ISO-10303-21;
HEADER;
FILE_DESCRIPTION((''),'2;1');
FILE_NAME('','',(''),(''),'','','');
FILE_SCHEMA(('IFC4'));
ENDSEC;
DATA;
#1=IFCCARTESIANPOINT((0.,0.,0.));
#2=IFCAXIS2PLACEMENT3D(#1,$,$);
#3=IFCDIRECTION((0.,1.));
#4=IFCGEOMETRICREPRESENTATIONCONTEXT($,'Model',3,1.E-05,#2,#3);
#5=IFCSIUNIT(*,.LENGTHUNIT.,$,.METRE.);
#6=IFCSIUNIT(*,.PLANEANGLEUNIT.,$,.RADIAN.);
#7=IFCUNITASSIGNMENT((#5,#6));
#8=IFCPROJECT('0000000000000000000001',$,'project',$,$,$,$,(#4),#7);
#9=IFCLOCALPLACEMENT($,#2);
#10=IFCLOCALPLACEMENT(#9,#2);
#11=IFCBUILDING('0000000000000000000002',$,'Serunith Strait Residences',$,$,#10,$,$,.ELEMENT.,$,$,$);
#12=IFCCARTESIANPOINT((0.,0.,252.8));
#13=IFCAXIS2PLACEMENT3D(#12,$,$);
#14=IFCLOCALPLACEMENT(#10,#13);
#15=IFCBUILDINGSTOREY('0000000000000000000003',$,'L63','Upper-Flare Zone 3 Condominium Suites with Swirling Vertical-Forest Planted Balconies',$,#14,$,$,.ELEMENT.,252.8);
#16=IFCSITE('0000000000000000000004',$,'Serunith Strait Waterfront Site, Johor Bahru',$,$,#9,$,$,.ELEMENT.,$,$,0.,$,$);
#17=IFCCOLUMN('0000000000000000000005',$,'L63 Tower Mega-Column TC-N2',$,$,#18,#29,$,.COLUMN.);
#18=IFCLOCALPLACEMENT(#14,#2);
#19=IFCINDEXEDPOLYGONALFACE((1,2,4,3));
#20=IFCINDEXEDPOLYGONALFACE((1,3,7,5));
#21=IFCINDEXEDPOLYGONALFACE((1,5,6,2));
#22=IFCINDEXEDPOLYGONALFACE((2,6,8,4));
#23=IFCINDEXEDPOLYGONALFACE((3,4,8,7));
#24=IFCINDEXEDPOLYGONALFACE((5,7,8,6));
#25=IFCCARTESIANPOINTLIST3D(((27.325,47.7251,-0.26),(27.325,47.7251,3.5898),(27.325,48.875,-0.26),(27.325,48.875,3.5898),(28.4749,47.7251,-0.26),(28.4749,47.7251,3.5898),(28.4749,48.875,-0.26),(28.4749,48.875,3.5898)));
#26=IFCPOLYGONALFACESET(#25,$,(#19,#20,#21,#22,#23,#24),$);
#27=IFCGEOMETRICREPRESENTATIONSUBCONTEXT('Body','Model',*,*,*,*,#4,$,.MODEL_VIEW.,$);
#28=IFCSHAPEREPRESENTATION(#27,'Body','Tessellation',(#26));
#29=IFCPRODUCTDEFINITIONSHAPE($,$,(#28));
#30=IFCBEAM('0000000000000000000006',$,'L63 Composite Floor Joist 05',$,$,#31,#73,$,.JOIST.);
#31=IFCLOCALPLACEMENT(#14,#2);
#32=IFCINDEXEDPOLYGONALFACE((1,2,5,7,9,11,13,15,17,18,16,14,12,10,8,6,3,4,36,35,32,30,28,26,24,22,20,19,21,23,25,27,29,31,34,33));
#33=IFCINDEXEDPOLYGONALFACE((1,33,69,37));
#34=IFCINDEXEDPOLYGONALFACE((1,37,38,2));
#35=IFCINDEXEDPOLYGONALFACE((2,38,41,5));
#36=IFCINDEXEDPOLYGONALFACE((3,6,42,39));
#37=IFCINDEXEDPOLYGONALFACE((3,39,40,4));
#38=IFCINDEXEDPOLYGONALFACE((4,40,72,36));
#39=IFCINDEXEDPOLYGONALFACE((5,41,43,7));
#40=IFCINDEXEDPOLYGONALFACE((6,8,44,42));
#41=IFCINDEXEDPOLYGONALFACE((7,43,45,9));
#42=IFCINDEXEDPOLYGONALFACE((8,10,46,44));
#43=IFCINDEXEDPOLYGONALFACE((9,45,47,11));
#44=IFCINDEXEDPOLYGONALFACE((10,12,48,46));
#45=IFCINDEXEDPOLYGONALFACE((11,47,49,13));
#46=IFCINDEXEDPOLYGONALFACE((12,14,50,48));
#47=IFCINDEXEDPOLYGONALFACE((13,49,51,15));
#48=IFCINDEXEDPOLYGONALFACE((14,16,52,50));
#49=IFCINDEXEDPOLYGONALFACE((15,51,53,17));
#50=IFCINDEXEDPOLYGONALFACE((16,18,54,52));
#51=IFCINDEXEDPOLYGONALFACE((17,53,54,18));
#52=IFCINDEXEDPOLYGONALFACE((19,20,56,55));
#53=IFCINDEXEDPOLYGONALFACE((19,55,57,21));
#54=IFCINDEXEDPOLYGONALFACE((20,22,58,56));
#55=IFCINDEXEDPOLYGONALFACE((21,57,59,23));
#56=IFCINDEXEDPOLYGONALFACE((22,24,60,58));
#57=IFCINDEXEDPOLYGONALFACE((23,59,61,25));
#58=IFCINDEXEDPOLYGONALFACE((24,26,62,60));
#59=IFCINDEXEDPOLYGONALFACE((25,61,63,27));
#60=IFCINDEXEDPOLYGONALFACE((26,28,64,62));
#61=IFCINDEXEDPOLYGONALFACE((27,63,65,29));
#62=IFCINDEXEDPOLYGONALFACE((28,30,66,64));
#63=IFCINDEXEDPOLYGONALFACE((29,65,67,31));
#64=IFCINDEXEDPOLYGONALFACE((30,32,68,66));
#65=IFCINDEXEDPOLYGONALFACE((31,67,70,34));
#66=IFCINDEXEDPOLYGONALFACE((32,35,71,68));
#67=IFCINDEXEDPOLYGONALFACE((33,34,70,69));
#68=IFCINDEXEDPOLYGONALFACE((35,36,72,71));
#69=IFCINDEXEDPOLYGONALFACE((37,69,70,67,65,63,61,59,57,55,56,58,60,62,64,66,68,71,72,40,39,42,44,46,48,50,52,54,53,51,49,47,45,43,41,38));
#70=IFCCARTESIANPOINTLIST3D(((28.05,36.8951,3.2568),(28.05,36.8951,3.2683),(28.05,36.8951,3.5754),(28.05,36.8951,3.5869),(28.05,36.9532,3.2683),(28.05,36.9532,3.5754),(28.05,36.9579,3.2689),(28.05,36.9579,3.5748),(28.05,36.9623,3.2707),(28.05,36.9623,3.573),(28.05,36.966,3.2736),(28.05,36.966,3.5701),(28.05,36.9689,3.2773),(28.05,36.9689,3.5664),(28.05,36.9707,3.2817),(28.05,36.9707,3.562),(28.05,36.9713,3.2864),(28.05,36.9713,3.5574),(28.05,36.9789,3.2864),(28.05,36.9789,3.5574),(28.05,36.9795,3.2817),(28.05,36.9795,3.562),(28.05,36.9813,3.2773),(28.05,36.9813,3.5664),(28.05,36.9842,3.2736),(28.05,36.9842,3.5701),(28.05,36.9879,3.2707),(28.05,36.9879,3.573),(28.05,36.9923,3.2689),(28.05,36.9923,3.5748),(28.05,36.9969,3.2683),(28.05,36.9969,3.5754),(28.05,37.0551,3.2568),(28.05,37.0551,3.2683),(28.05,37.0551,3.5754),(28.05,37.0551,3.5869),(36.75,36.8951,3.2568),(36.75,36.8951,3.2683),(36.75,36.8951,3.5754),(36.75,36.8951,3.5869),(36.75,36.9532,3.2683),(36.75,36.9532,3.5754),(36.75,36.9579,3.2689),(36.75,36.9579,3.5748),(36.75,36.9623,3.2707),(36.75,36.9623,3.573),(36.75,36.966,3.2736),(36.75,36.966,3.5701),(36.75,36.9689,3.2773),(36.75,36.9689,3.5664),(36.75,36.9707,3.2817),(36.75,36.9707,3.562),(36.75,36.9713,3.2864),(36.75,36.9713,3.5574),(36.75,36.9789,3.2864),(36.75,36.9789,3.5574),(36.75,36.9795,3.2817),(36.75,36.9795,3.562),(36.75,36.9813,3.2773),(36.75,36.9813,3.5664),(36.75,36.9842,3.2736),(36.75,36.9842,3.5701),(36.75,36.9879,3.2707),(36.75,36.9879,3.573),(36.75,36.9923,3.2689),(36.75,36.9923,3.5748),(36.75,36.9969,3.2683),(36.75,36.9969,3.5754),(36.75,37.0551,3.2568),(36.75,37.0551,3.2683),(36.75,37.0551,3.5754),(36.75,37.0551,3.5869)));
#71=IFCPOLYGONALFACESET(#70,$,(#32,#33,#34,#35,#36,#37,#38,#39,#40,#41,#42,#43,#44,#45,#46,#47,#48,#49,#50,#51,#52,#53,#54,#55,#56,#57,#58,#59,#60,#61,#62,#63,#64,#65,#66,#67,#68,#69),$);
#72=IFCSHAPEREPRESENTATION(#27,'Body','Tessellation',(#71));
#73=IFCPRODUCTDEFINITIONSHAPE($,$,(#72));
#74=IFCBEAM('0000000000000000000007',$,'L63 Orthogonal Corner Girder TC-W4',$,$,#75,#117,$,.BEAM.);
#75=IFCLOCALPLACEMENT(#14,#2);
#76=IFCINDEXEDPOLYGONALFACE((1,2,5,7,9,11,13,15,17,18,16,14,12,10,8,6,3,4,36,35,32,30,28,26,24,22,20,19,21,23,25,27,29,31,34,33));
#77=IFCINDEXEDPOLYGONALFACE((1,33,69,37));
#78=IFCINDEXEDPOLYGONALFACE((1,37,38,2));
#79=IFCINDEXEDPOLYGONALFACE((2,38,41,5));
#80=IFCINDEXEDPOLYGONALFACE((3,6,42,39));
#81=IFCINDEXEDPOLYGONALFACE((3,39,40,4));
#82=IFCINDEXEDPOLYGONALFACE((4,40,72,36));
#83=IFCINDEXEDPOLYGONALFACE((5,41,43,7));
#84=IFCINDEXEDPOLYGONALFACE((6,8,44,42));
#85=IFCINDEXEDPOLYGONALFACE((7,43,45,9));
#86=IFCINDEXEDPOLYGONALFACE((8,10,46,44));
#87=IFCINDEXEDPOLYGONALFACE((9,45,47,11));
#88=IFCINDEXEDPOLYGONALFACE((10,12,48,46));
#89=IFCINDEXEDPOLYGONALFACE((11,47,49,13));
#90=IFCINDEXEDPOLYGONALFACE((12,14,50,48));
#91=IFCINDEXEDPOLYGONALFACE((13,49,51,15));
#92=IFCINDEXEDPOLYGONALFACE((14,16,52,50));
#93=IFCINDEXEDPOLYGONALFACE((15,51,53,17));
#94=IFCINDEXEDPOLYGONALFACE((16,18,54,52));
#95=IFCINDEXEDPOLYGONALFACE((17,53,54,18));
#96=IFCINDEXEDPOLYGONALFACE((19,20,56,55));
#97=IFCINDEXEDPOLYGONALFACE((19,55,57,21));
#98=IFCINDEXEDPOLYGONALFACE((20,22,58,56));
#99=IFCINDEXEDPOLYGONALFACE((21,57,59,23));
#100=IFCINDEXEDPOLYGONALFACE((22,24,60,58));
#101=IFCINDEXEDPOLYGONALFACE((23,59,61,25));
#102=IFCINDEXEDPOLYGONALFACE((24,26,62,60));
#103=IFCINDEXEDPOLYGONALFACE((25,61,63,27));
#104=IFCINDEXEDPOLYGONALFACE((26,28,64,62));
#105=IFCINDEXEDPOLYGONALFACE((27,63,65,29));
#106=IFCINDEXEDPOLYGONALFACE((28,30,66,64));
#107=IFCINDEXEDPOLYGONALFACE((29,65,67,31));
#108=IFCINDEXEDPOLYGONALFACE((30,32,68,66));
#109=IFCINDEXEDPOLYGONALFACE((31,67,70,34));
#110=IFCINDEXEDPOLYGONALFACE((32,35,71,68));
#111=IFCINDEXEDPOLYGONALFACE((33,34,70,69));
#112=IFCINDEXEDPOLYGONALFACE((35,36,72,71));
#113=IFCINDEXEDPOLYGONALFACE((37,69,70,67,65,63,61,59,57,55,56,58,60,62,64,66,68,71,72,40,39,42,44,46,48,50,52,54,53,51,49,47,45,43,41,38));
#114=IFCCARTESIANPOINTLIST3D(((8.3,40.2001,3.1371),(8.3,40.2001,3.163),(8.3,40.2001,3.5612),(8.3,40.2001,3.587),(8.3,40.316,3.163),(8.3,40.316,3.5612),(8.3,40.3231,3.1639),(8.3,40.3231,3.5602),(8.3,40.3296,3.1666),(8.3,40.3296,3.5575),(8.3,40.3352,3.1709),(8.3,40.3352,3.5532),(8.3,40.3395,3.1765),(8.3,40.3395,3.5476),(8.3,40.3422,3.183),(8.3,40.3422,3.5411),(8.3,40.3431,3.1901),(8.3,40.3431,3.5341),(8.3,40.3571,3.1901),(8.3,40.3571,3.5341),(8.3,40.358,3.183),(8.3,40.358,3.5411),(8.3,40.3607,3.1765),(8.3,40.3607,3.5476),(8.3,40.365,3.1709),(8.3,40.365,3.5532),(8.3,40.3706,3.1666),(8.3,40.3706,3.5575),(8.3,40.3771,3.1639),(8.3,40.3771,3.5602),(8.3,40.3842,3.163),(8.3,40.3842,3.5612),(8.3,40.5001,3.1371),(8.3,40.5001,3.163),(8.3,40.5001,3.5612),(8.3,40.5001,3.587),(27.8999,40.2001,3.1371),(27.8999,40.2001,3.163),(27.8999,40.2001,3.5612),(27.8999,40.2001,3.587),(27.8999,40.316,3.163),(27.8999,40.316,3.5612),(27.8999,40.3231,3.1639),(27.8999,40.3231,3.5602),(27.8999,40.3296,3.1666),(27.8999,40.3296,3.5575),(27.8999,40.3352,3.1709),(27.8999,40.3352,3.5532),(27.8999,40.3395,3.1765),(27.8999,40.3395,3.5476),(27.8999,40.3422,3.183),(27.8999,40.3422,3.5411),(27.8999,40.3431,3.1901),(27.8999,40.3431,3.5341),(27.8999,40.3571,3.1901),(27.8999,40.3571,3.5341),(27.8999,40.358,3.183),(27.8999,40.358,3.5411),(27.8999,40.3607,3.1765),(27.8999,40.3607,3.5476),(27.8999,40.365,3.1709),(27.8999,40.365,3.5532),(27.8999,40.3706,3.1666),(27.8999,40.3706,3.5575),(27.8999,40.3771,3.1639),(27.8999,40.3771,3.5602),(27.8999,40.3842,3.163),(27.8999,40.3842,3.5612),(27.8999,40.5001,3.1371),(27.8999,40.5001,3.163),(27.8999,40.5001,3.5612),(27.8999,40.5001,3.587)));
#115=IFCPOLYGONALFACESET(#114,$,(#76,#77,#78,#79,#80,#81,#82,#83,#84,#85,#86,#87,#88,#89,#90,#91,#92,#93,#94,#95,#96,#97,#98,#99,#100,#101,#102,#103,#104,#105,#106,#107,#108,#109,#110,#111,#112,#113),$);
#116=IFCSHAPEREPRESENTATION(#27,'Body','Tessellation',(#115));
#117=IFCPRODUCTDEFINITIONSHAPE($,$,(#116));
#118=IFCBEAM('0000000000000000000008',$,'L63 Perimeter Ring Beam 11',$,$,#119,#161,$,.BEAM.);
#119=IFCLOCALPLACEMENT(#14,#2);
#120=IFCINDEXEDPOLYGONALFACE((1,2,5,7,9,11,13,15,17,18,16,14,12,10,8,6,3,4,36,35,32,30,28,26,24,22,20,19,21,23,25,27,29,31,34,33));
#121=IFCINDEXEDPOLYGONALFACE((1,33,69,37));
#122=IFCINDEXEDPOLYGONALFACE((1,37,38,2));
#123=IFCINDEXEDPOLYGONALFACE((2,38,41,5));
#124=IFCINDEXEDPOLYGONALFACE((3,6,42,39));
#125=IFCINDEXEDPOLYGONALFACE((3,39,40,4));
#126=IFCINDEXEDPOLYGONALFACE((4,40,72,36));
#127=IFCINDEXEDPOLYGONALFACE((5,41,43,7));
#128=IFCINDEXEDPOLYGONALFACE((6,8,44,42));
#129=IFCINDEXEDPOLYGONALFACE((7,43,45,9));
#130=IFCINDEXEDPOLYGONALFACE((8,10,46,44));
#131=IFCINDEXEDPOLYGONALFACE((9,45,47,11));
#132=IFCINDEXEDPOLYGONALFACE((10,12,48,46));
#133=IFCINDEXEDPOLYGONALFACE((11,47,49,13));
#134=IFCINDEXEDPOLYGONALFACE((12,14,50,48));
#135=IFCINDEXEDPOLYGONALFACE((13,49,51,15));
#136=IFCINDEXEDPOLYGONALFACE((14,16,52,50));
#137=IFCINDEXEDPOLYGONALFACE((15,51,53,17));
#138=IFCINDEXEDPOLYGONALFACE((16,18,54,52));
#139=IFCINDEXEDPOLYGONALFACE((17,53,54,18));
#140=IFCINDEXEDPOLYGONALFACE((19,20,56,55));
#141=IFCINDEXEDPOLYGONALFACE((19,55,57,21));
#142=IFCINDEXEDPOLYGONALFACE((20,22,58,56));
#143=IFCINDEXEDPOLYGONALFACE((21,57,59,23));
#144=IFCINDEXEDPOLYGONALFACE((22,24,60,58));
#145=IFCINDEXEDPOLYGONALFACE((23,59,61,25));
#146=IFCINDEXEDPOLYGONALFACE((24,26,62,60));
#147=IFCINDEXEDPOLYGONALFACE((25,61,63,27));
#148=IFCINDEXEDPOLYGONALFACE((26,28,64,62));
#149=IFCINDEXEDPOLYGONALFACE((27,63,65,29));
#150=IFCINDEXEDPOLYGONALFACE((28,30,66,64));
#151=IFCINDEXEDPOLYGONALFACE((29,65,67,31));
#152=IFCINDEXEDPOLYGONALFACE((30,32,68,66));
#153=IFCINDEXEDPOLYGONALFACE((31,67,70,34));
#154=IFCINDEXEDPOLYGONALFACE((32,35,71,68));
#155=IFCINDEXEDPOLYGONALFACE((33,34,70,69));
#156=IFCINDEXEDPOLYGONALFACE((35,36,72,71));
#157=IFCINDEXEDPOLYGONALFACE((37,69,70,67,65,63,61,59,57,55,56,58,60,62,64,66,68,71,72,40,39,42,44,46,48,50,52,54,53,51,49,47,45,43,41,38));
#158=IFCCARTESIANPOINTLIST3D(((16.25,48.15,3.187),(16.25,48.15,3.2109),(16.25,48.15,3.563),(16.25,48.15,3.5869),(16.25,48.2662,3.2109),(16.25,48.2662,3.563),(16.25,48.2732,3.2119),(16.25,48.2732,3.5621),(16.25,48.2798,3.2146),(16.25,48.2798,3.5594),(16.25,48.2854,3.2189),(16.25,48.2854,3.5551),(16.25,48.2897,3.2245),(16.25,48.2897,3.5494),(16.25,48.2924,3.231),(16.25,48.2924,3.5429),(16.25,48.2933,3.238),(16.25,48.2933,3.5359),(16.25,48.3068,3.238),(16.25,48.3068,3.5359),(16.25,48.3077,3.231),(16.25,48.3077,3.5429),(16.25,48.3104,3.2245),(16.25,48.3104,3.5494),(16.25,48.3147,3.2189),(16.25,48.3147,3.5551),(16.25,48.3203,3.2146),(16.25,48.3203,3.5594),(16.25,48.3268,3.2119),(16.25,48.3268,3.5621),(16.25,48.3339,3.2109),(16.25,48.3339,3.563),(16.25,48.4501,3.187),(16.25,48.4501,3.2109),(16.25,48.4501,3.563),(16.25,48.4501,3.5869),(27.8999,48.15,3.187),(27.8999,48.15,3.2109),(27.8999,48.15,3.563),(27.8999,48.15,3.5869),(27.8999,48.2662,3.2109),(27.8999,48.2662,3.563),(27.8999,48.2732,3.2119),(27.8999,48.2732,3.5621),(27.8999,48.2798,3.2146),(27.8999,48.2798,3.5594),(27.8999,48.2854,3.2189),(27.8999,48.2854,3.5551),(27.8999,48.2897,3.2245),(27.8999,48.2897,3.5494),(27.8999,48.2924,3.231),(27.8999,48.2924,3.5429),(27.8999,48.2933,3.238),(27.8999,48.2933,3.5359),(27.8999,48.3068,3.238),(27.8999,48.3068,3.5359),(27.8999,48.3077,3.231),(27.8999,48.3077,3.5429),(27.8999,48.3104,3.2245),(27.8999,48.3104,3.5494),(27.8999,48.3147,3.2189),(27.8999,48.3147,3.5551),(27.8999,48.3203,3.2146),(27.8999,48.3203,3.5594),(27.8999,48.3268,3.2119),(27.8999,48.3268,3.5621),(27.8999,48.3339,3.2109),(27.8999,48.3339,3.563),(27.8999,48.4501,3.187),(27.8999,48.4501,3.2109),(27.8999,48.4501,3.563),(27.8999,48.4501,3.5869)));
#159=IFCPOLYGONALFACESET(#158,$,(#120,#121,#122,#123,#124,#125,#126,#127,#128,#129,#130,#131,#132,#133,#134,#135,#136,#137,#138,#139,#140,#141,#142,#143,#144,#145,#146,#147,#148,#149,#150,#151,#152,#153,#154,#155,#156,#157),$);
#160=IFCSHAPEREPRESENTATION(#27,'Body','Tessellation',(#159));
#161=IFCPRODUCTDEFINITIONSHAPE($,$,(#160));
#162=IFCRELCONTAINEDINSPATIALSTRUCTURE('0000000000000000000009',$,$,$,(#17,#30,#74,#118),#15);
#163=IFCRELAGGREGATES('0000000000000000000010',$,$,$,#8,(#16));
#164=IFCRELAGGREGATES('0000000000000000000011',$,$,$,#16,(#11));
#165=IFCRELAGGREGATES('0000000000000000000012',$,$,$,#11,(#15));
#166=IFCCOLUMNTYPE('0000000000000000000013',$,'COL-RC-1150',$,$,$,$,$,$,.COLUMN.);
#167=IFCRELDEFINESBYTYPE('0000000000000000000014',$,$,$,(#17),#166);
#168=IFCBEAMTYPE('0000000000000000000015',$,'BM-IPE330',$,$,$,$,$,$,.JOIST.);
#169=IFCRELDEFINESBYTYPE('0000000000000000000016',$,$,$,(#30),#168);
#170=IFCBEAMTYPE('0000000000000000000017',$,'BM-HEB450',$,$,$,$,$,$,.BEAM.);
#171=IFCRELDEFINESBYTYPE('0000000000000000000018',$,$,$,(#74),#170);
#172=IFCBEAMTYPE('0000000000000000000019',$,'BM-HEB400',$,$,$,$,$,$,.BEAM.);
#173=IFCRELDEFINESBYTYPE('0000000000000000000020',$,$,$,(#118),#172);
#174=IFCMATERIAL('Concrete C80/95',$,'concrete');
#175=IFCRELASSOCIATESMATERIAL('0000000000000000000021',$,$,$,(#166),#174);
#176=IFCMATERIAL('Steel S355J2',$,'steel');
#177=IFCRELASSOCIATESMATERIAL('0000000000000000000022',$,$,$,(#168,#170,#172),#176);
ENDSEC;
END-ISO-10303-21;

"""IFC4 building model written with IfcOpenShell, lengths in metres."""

from ifc_helpers import new_model, si_unit, direction, frame, origin, origin_2d, place, context, subcontext, project, spatial, rectangle, i_section, extrude, source, transform, mapped, material, material_profile, profile_set, type_object, element, save


model = new_model("IFC4")

# Units and contexts
model_context = context("Model", 3, precision=1e-05, world=origin(), true_north=direction((0.0, 1.0)))
body_context = subcontext(model_context, "Body", "Model", "MODEL_VIEW")
ifc_project = project(units=[si_unit("LENGTHUNIT", "METRE"), si_unit("PLANEANGLEUNIT", "RADIAN")], contexts=[model_context])

# Site, building, storey
site_placement = place(None, origin())
site = spatial("IfcSite", under=ifc_project, at=site_placement, Name="Serunith Strait Waterfront Site, Johor Bahru", CompositionType="ELEMENT", RefElevation=0.0)
building_placement = place(site_placement, origin())
building = spatial("IfcBuilding", under=site, at=building_placement, Name="Serunith Strait Residences", CompositionType="ELEMENT")
storey_placement = place(building_placement, frame((0.0, 0.0, 252.8)))
storey = spatial("IfcBuildingStorey", under=building, at=storey_placement, Name="L63", Description="Upper-Flare Zone 3 Condominium Suites with Swirling Vertical-Forest Planted Balconies", CompositionType="ELEMENT", Elevation=252.8)

# Column
ifc_material_1 = material(Name="Concrete C80/95", Category="concrete")
ifc_material_profile_1 = material_profile(ifc_material_1, rectangle(XDim=1.1499, YDim=1.1499, at=origin_2d()), Name="RC 1150x1150")
ifc_profile_set_1 = profile_set([ifc_material_profile_1], Name="Concrete C80/95")
column_type = type_object("IfcColumnType", Name="COL-RC-1150", PredefinedType="COLUMN", material=ifc_profile_set_1)
shared_shape_1 = source(origin(), body_context, "Body", "SweptSolid", [
    extrude(rectangle(XDim=1.1499, YDim=1.1499, at=origin_2d()), origin(), (0.0, 0.0, 1.0), 3.8499),
])
column_placement = place(storey_placement, frame((27.8999, 48.3, -0.26), z_axis=(0.0, 0.0, 1.0), x_axis=(1.0, 0.0, 0.0)))
element("IfcColumn", 1, at=column_placement, inside=storey, type_object=column_type, Name="L63 Tower Mega-Column TC-N2", PredefinedType="COLUMN", context=body_context, shape_type="MappedRepresentation", body=[
    mapped(shared_shape_1, transform((0.0, 0.0, 0.0), scale=1.0)),
])

# Beams
ifc_material_2 = material(Name="Steel S355J2", Category="steel")
ifc_material_profile_2 = material_profile(ifc_material_2, i_section(OverallWidth=0.1599, OverallDepth=0.3301, WebThickness=0.0076, FlangeThickness=0.0115, FilletRadius=0.0181, at=origin_2d()), Name="IPE 330")
ifc_profile_set_2 = profile_set([ifc_material_profile_2], Name="Steel S355J2")
beam_type_1 = type_object("IfcBeamType", Name="BM-IPE330", PredefinedType="JOIST", material=ifc_profile_set_2)
shared_shape_2 = source(origin(), body_context, "Body", "SweptSolid", [
    extrude(i_section(OverallWidth=0.1599, OverallDepth=0.3301, WebThickness=0.0076, FlangeThickness=0.0115, FilletRadius=0.0181, at=origin_2d()), origin(), (0.0, 0.0, 1.0), 8.7),
])
beam_1_placement = place(storey_placement, frame((28.05, 36.9751, 3.4219), z_axis=(1.0, 0.0, 0.0), x_axis=(0.0, 1.0, 0.0)))
element("IfcBeam", 2, at=beam_1_placement, inside=storey, type_object=beam_type_1, Name="L63 Composite Floor Joist 05", PredefinedType="JOIST", context=body_context, shape_type="MappedRepresentation", body=[
    mapped(shared_shape_2, transform((0.0, 0.0, 0.0), scale=1.0)),
])
ifc_material_profile_3 = material_profile(ifc_material_2, i_section(OverallWidth=0.3, OverallDepth=0.45, WebThickness=0.0139, FlangeThickness=0.0259, FilletRadius=0.0271, at=origin_2d()), Name="HEB 450")
ifc_profile_set_3 = profile_set([ifc_material_profile_3], Name="Steel S355J2")
beam_type_2 = type_object("IfcBeamType", Name="BM-HEB450", PredefinedType="BEAM", material=ifc_profile_set_3)
shared_shape_3 = source(origin(), body_context, "Body", "SweptSolid", [
    extrude(i_section(OverallWidth=0.3, OverallDepth=0.45, WebThickness=0.0139, FlangeThickness=0.0259, FilletRadius=0.0271, at=origin_2d()), origin(), (0.0, 0.0, 1.0), 19.5999),
])
beam_2_placement = place(storey_placement, frame((27.8999, 40.3501, 3.3621), z_axis=(-1.0, 0.0, 0.0), x_axis=(0.0, -1.0, 0.0)))
element("IfcBeam", 3, at=beam_2_placement, inside=storey, type_object=beam_type_2, Name="L63 Orthogonal Corner Girder TC-W4", PredefinedType="BEAM", context=body_context, shape_type="MappedRepresentation", body=[
    mapped(shared_shape_3, transform((0.0, 0.0, 0.0), scale=1.0)),
])
ifc_material_profile_4 = material_profile(ifc_material_2, i_section(OverallWidth=0.3, OverallDepth=0.3999, WebThickness=0.0134, FlangeThickness=0.0239, FilletRadius=0.0271, at=origin_2d()), Name="HEB 400")
ifc_profile_set_4 = profile_set([ifc_material_profile_4], Name="Steel S355J2")
beam_type_3 = type_object("IfcBeamType", Name="BM-HEB400", PredefinedType="BEAM", material=ifc_profile_set_4)
shared_shape_4 = source(origin(), body_context, "Body", "SweptSolid", [
    extrude(i_section(OverallWidth=0.3, OverallDepth=0.3999, WebThickness=0.0134, FlangeThickness=0.0239, FilletRadius=0.0271, at=origin_2d()), origin(), (0.0, 0.0, 1.0), 11.6499),
])
beam_3_placement = place(storey_placement, frame((27.8999, 48.3, 3.387), z_axis=(-1.0, 0.0, 0.0), x_axis=(0.0, -1.0, 0.0)))
element("IfcBeam", 4, at=beam_3_placement, inside=storey, type_object=beam_type_3, Name="L63 Perimeter Ring Beam 11", PredefinedType="BEAM", context=body_context, shape_type="MappedRepresentation", body=[
    mapped(shared_shape_4, transform((0.0, 0.0, 0.0), scale=1.0)),
])

save(model, "model.ifc")
